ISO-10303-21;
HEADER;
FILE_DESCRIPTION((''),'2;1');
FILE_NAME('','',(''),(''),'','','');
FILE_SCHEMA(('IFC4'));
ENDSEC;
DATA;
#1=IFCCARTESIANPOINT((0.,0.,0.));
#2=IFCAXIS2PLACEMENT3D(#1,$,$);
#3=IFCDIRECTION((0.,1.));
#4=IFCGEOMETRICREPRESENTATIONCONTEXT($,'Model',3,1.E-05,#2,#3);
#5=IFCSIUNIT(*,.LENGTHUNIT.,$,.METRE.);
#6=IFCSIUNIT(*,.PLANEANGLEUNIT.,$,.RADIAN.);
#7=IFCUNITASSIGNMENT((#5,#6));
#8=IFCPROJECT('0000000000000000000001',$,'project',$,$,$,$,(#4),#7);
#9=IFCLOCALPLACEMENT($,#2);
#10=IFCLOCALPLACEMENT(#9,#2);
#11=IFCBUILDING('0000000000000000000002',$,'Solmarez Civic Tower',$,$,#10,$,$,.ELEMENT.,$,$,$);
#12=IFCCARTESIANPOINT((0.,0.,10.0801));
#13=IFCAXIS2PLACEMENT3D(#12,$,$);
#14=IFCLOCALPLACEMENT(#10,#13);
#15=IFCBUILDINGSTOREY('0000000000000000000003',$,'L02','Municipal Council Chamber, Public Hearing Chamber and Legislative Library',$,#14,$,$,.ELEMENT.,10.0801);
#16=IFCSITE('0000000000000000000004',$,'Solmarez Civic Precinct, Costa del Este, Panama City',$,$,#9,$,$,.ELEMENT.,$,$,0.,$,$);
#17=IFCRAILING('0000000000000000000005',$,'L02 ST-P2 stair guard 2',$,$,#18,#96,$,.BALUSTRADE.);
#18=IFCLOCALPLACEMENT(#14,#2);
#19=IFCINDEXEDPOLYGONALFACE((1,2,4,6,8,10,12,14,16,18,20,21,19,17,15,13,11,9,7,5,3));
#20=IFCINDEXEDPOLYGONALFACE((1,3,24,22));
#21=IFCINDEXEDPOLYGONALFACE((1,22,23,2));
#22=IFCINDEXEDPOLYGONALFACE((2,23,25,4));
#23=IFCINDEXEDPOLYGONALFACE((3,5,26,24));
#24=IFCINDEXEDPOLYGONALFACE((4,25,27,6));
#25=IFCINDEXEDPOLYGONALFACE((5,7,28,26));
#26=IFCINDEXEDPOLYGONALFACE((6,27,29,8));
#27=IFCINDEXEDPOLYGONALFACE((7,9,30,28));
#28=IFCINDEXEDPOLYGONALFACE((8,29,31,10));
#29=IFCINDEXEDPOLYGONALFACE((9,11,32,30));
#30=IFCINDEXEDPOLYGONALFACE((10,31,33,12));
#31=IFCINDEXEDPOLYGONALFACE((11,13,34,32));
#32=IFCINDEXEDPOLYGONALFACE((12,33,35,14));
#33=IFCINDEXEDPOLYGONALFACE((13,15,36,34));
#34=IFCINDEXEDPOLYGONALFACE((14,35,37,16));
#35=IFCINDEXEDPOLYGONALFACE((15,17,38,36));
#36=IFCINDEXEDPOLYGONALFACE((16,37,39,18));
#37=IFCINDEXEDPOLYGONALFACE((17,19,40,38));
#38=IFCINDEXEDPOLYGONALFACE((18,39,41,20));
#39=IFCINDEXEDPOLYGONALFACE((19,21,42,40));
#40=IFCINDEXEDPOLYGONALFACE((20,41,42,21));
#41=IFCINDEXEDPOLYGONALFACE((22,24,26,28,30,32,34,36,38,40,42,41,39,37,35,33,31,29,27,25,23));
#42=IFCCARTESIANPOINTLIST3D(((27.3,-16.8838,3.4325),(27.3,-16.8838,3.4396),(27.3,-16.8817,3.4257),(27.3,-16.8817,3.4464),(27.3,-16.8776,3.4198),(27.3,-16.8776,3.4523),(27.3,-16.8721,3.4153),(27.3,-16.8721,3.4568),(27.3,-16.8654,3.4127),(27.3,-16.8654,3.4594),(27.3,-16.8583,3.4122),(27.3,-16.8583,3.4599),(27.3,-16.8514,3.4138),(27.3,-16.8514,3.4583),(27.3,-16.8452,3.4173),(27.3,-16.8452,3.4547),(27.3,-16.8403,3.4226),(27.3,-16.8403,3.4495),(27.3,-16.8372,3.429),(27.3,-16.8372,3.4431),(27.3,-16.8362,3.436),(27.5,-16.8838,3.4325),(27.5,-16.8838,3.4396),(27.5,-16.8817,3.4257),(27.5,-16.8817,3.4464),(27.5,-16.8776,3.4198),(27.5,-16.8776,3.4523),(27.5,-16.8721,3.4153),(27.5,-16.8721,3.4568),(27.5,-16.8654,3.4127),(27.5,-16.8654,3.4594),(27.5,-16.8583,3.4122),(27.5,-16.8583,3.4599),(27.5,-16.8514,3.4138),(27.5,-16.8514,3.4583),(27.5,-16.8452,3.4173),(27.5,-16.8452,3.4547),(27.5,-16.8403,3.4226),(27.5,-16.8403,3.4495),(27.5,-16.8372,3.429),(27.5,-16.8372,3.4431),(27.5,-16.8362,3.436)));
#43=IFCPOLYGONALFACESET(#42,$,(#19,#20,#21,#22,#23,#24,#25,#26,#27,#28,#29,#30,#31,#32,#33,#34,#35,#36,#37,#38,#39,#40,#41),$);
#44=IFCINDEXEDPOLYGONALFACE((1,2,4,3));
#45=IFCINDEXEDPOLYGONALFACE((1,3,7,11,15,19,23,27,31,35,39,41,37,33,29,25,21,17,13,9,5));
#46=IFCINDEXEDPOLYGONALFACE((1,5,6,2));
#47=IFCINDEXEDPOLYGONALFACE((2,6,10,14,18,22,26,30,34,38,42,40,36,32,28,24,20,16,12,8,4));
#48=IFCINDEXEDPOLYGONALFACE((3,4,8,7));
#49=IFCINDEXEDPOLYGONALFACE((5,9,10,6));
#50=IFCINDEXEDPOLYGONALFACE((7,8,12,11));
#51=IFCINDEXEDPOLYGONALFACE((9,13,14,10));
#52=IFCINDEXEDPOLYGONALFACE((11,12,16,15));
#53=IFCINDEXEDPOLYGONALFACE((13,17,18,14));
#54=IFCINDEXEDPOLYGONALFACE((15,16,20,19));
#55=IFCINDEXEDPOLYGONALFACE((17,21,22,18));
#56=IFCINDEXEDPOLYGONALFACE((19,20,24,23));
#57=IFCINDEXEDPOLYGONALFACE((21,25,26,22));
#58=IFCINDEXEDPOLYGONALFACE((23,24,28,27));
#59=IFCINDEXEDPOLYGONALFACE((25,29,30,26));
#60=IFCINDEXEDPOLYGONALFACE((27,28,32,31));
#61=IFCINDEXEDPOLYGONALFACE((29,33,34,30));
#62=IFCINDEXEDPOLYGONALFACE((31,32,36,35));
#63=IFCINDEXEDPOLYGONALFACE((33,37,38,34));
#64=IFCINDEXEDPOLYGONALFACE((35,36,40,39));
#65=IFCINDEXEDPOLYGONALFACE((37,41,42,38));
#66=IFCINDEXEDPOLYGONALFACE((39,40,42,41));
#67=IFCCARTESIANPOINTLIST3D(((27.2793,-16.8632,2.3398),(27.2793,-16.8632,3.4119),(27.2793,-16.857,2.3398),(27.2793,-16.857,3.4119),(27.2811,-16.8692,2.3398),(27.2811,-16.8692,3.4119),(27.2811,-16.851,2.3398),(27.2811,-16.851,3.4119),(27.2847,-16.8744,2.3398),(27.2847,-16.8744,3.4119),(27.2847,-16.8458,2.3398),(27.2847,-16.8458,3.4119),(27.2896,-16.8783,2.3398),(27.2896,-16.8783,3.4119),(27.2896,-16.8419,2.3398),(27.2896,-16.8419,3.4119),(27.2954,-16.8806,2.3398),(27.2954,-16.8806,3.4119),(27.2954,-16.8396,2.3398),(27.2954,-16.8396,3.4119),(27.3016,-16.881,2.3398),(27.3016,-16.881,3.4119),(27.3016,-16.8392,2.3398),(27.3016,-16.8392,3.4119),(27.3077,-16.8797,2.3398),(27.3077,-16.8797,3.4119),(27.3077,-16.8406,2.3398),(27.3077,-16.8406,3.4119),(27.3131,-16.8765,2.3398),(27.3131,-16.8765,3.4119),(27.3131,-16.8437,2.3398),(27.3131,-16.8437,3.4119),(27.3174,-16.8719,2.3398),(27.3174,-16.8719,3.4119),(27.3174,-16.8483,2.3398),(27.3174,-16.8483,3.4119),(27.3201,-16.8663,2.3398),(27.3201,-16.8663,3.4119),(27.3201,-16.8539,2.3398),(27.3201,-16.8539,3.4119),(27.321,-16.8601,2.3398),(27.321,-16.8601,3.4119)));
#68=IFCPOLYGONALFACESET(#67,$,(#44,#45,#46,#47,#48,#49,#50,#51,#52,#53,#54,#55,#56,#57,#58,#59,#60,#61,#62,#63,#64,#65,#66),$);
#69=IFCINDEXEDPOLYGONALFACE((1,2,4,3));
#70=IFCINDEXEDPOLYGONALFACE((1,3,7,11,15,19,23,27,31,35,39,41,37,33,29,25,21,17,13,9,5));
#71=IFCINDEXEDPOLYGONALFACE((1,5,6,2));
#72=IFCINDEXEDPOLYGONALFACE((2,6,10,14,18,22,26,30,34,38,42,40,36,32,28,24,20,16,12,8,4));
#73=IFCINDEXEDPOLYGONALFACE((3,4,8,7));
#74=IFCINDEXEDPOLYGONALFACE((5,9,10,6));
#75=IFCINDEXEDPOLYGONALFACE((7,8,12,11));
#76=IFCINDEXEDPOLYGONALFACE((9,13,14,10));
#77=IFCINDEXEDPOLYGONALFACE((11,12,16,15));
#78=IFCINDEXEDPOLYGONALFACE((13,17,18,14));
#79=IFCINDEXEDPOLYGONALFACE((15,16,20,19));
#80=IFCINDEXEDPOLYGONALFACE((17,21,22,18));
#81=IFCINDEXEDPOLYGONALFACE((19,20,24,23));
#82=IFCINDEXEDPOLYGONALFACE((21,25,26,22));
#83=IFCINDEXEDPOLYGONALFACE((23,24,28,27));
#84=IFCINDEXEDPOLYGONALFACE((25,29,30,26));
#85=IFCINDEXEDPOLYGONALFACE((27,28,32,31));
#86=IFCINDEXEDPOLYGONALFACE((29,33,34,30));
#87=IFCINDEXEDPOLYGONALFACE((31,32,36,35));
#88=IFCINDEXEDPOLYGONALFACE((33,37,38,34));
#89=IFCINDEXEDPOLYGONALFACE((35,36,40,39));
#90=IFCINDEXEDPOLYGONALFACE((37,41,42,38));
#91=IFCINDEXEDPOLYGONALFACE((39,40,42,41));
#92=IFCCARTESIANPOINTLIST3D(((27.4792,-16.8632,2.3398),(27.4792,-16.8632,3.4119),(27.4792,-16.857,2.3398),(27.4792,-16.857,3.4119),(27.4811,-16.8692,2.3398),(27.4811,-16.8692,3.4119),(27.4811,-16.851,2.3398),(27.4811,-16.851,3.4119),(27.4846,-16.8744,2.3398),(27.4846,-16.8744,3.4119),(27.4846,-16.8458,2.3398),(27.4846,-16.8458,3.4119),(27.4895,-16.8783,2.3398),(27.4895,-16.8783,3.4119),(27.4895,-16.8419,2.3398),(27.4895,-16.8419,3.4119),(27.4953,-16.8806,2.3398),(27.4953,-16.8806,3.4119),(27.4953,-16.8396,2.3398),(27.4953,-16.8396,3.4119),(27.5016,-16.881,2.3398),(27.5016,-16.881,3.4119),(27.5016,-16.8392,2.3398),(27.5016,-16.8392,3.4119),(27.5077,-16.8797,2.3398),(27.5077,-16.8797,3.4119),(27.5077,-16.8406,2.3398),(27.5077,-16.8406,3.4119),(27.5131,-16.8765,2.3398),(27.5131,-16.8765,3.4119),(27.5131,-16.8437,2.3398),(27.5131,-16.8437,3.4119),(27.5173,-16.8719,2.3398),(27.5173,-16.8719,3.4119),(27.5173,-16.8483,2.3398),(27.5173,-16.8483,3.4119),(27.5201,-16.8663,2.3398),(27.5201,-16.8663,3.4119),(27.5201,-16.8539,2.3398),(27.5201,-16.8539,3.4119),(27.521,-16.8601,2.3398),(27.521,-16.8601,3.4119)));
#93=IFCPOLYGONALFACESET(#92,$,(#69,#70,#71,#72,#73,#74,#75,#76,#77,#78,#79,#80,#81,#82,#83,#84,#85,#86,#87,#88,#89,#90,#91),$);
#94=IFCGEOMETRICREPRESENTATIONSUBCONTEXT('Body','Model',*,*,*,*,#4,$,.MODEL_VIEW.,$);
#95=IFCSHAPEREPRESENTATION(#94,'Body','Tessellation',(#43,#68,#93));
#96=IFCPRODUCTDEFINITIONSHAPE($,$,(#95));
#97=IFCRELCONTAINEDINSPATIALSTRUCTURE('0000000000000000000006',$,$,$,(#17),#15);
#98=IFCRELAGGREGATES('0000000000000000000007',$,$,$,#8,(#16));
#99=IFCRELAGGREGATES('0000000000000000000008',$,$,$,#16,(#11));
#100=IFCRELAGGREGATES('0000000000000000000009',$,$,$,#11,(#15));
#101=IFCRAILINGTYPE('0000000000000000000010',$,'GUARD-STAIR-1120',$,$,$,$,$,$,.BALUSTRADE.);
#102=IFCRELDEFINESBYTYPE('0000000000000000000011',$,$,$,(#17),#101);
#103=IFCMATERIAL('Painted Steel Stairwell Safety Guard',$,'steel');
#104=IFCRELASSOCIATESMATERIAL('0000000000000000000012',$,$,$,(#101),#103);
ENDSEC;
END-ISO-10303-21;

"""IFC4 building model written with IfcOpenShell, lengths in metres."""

from ifc_helpers import new_model, si_unit, direction, frame, origin, origin_2d, place, context, subcontext, project, spatial, circle, extrude, material, type_object, element, save


model = new_model("IFC4")

# Units and contexts
model_context = context("Model", 3, precision=1e-05, world=origin(), true_north=direction((0.0, 1.0)))
body_context = subcontext(model_context, "Body", "Model", "MODEL_VIEW")
ifc_project = project(units=[si_unit("LENGTHUNIT", "METRE"), si_unit("PLANEANGLEUNIT", "RADIAN")], contexts=[model_context])

# Site, building, storey
site_placement = place(None, origin())
site = spatial("IfcSite", under=ifc_project, at=site_placement, Name="Solmarez Civic Precinct, Costa del Este, Panama City", CompositionType="ELEMENT", RefElevation=0.0)
building_placement = place(site_placement, origin())
building = spatial("IfcBuilding", under=site, at=building_placement, Name="Solmarez Civic Tower", CompositionType="ELEMENT")
storey_placement = place(building_placement, frame((0.0, 0.0, 10.0801)))
storey = spatial("IfcBuildingStorey", under=building, at=storey_placement, Name="L02", Description="Municipal Council Chamber, Public Hearing Chamber and Legislative Library", CompositionType="ELEMENT", Elevation=10.0801)

# Railing
ifc_material_1 = material(Name="Painted Steel Stairwell Safety Guard", Category="steel")
railing_type_1 = type_object("IfcRailingType", Name="GUARD-STAIR-1120", PredefinedType="BALUSTRADE", material=ifc_material_1)
railing_1_placement = place(storey_placement, frame((27.3, -16.8601, 2.3398)))
element("IfcRailing", 1, at=railing_1_placement, inside=storey, type_object=railing_type_1, Name="L02 ST-P2 stair guard 2", PredefinedType="BALUSTRADE", context=body_context, shape_type="SweptSolid", body=[
    extrude(circle(Radius=0.0239, at=origin_2d()), frame((0.0, 0.0, 1.0962), z_axis=(1.0, 0.0, 0.0), x_axis=(0.0, 1.0, 0.0)), (0.0, 0.0, 1.0), 0.2),
    extrude(circle(Radius=0.021, at=origin_2d()), origin(), (0.0, 0.0, 1.0), 1.072),
    extrude(circle(Radius=0.021, at=origin_2d()), frame((0.2, 0.0, 0.0)), (0.0, 0.0, 1.0), 1.072),
])

save(model, "model.ifc")
